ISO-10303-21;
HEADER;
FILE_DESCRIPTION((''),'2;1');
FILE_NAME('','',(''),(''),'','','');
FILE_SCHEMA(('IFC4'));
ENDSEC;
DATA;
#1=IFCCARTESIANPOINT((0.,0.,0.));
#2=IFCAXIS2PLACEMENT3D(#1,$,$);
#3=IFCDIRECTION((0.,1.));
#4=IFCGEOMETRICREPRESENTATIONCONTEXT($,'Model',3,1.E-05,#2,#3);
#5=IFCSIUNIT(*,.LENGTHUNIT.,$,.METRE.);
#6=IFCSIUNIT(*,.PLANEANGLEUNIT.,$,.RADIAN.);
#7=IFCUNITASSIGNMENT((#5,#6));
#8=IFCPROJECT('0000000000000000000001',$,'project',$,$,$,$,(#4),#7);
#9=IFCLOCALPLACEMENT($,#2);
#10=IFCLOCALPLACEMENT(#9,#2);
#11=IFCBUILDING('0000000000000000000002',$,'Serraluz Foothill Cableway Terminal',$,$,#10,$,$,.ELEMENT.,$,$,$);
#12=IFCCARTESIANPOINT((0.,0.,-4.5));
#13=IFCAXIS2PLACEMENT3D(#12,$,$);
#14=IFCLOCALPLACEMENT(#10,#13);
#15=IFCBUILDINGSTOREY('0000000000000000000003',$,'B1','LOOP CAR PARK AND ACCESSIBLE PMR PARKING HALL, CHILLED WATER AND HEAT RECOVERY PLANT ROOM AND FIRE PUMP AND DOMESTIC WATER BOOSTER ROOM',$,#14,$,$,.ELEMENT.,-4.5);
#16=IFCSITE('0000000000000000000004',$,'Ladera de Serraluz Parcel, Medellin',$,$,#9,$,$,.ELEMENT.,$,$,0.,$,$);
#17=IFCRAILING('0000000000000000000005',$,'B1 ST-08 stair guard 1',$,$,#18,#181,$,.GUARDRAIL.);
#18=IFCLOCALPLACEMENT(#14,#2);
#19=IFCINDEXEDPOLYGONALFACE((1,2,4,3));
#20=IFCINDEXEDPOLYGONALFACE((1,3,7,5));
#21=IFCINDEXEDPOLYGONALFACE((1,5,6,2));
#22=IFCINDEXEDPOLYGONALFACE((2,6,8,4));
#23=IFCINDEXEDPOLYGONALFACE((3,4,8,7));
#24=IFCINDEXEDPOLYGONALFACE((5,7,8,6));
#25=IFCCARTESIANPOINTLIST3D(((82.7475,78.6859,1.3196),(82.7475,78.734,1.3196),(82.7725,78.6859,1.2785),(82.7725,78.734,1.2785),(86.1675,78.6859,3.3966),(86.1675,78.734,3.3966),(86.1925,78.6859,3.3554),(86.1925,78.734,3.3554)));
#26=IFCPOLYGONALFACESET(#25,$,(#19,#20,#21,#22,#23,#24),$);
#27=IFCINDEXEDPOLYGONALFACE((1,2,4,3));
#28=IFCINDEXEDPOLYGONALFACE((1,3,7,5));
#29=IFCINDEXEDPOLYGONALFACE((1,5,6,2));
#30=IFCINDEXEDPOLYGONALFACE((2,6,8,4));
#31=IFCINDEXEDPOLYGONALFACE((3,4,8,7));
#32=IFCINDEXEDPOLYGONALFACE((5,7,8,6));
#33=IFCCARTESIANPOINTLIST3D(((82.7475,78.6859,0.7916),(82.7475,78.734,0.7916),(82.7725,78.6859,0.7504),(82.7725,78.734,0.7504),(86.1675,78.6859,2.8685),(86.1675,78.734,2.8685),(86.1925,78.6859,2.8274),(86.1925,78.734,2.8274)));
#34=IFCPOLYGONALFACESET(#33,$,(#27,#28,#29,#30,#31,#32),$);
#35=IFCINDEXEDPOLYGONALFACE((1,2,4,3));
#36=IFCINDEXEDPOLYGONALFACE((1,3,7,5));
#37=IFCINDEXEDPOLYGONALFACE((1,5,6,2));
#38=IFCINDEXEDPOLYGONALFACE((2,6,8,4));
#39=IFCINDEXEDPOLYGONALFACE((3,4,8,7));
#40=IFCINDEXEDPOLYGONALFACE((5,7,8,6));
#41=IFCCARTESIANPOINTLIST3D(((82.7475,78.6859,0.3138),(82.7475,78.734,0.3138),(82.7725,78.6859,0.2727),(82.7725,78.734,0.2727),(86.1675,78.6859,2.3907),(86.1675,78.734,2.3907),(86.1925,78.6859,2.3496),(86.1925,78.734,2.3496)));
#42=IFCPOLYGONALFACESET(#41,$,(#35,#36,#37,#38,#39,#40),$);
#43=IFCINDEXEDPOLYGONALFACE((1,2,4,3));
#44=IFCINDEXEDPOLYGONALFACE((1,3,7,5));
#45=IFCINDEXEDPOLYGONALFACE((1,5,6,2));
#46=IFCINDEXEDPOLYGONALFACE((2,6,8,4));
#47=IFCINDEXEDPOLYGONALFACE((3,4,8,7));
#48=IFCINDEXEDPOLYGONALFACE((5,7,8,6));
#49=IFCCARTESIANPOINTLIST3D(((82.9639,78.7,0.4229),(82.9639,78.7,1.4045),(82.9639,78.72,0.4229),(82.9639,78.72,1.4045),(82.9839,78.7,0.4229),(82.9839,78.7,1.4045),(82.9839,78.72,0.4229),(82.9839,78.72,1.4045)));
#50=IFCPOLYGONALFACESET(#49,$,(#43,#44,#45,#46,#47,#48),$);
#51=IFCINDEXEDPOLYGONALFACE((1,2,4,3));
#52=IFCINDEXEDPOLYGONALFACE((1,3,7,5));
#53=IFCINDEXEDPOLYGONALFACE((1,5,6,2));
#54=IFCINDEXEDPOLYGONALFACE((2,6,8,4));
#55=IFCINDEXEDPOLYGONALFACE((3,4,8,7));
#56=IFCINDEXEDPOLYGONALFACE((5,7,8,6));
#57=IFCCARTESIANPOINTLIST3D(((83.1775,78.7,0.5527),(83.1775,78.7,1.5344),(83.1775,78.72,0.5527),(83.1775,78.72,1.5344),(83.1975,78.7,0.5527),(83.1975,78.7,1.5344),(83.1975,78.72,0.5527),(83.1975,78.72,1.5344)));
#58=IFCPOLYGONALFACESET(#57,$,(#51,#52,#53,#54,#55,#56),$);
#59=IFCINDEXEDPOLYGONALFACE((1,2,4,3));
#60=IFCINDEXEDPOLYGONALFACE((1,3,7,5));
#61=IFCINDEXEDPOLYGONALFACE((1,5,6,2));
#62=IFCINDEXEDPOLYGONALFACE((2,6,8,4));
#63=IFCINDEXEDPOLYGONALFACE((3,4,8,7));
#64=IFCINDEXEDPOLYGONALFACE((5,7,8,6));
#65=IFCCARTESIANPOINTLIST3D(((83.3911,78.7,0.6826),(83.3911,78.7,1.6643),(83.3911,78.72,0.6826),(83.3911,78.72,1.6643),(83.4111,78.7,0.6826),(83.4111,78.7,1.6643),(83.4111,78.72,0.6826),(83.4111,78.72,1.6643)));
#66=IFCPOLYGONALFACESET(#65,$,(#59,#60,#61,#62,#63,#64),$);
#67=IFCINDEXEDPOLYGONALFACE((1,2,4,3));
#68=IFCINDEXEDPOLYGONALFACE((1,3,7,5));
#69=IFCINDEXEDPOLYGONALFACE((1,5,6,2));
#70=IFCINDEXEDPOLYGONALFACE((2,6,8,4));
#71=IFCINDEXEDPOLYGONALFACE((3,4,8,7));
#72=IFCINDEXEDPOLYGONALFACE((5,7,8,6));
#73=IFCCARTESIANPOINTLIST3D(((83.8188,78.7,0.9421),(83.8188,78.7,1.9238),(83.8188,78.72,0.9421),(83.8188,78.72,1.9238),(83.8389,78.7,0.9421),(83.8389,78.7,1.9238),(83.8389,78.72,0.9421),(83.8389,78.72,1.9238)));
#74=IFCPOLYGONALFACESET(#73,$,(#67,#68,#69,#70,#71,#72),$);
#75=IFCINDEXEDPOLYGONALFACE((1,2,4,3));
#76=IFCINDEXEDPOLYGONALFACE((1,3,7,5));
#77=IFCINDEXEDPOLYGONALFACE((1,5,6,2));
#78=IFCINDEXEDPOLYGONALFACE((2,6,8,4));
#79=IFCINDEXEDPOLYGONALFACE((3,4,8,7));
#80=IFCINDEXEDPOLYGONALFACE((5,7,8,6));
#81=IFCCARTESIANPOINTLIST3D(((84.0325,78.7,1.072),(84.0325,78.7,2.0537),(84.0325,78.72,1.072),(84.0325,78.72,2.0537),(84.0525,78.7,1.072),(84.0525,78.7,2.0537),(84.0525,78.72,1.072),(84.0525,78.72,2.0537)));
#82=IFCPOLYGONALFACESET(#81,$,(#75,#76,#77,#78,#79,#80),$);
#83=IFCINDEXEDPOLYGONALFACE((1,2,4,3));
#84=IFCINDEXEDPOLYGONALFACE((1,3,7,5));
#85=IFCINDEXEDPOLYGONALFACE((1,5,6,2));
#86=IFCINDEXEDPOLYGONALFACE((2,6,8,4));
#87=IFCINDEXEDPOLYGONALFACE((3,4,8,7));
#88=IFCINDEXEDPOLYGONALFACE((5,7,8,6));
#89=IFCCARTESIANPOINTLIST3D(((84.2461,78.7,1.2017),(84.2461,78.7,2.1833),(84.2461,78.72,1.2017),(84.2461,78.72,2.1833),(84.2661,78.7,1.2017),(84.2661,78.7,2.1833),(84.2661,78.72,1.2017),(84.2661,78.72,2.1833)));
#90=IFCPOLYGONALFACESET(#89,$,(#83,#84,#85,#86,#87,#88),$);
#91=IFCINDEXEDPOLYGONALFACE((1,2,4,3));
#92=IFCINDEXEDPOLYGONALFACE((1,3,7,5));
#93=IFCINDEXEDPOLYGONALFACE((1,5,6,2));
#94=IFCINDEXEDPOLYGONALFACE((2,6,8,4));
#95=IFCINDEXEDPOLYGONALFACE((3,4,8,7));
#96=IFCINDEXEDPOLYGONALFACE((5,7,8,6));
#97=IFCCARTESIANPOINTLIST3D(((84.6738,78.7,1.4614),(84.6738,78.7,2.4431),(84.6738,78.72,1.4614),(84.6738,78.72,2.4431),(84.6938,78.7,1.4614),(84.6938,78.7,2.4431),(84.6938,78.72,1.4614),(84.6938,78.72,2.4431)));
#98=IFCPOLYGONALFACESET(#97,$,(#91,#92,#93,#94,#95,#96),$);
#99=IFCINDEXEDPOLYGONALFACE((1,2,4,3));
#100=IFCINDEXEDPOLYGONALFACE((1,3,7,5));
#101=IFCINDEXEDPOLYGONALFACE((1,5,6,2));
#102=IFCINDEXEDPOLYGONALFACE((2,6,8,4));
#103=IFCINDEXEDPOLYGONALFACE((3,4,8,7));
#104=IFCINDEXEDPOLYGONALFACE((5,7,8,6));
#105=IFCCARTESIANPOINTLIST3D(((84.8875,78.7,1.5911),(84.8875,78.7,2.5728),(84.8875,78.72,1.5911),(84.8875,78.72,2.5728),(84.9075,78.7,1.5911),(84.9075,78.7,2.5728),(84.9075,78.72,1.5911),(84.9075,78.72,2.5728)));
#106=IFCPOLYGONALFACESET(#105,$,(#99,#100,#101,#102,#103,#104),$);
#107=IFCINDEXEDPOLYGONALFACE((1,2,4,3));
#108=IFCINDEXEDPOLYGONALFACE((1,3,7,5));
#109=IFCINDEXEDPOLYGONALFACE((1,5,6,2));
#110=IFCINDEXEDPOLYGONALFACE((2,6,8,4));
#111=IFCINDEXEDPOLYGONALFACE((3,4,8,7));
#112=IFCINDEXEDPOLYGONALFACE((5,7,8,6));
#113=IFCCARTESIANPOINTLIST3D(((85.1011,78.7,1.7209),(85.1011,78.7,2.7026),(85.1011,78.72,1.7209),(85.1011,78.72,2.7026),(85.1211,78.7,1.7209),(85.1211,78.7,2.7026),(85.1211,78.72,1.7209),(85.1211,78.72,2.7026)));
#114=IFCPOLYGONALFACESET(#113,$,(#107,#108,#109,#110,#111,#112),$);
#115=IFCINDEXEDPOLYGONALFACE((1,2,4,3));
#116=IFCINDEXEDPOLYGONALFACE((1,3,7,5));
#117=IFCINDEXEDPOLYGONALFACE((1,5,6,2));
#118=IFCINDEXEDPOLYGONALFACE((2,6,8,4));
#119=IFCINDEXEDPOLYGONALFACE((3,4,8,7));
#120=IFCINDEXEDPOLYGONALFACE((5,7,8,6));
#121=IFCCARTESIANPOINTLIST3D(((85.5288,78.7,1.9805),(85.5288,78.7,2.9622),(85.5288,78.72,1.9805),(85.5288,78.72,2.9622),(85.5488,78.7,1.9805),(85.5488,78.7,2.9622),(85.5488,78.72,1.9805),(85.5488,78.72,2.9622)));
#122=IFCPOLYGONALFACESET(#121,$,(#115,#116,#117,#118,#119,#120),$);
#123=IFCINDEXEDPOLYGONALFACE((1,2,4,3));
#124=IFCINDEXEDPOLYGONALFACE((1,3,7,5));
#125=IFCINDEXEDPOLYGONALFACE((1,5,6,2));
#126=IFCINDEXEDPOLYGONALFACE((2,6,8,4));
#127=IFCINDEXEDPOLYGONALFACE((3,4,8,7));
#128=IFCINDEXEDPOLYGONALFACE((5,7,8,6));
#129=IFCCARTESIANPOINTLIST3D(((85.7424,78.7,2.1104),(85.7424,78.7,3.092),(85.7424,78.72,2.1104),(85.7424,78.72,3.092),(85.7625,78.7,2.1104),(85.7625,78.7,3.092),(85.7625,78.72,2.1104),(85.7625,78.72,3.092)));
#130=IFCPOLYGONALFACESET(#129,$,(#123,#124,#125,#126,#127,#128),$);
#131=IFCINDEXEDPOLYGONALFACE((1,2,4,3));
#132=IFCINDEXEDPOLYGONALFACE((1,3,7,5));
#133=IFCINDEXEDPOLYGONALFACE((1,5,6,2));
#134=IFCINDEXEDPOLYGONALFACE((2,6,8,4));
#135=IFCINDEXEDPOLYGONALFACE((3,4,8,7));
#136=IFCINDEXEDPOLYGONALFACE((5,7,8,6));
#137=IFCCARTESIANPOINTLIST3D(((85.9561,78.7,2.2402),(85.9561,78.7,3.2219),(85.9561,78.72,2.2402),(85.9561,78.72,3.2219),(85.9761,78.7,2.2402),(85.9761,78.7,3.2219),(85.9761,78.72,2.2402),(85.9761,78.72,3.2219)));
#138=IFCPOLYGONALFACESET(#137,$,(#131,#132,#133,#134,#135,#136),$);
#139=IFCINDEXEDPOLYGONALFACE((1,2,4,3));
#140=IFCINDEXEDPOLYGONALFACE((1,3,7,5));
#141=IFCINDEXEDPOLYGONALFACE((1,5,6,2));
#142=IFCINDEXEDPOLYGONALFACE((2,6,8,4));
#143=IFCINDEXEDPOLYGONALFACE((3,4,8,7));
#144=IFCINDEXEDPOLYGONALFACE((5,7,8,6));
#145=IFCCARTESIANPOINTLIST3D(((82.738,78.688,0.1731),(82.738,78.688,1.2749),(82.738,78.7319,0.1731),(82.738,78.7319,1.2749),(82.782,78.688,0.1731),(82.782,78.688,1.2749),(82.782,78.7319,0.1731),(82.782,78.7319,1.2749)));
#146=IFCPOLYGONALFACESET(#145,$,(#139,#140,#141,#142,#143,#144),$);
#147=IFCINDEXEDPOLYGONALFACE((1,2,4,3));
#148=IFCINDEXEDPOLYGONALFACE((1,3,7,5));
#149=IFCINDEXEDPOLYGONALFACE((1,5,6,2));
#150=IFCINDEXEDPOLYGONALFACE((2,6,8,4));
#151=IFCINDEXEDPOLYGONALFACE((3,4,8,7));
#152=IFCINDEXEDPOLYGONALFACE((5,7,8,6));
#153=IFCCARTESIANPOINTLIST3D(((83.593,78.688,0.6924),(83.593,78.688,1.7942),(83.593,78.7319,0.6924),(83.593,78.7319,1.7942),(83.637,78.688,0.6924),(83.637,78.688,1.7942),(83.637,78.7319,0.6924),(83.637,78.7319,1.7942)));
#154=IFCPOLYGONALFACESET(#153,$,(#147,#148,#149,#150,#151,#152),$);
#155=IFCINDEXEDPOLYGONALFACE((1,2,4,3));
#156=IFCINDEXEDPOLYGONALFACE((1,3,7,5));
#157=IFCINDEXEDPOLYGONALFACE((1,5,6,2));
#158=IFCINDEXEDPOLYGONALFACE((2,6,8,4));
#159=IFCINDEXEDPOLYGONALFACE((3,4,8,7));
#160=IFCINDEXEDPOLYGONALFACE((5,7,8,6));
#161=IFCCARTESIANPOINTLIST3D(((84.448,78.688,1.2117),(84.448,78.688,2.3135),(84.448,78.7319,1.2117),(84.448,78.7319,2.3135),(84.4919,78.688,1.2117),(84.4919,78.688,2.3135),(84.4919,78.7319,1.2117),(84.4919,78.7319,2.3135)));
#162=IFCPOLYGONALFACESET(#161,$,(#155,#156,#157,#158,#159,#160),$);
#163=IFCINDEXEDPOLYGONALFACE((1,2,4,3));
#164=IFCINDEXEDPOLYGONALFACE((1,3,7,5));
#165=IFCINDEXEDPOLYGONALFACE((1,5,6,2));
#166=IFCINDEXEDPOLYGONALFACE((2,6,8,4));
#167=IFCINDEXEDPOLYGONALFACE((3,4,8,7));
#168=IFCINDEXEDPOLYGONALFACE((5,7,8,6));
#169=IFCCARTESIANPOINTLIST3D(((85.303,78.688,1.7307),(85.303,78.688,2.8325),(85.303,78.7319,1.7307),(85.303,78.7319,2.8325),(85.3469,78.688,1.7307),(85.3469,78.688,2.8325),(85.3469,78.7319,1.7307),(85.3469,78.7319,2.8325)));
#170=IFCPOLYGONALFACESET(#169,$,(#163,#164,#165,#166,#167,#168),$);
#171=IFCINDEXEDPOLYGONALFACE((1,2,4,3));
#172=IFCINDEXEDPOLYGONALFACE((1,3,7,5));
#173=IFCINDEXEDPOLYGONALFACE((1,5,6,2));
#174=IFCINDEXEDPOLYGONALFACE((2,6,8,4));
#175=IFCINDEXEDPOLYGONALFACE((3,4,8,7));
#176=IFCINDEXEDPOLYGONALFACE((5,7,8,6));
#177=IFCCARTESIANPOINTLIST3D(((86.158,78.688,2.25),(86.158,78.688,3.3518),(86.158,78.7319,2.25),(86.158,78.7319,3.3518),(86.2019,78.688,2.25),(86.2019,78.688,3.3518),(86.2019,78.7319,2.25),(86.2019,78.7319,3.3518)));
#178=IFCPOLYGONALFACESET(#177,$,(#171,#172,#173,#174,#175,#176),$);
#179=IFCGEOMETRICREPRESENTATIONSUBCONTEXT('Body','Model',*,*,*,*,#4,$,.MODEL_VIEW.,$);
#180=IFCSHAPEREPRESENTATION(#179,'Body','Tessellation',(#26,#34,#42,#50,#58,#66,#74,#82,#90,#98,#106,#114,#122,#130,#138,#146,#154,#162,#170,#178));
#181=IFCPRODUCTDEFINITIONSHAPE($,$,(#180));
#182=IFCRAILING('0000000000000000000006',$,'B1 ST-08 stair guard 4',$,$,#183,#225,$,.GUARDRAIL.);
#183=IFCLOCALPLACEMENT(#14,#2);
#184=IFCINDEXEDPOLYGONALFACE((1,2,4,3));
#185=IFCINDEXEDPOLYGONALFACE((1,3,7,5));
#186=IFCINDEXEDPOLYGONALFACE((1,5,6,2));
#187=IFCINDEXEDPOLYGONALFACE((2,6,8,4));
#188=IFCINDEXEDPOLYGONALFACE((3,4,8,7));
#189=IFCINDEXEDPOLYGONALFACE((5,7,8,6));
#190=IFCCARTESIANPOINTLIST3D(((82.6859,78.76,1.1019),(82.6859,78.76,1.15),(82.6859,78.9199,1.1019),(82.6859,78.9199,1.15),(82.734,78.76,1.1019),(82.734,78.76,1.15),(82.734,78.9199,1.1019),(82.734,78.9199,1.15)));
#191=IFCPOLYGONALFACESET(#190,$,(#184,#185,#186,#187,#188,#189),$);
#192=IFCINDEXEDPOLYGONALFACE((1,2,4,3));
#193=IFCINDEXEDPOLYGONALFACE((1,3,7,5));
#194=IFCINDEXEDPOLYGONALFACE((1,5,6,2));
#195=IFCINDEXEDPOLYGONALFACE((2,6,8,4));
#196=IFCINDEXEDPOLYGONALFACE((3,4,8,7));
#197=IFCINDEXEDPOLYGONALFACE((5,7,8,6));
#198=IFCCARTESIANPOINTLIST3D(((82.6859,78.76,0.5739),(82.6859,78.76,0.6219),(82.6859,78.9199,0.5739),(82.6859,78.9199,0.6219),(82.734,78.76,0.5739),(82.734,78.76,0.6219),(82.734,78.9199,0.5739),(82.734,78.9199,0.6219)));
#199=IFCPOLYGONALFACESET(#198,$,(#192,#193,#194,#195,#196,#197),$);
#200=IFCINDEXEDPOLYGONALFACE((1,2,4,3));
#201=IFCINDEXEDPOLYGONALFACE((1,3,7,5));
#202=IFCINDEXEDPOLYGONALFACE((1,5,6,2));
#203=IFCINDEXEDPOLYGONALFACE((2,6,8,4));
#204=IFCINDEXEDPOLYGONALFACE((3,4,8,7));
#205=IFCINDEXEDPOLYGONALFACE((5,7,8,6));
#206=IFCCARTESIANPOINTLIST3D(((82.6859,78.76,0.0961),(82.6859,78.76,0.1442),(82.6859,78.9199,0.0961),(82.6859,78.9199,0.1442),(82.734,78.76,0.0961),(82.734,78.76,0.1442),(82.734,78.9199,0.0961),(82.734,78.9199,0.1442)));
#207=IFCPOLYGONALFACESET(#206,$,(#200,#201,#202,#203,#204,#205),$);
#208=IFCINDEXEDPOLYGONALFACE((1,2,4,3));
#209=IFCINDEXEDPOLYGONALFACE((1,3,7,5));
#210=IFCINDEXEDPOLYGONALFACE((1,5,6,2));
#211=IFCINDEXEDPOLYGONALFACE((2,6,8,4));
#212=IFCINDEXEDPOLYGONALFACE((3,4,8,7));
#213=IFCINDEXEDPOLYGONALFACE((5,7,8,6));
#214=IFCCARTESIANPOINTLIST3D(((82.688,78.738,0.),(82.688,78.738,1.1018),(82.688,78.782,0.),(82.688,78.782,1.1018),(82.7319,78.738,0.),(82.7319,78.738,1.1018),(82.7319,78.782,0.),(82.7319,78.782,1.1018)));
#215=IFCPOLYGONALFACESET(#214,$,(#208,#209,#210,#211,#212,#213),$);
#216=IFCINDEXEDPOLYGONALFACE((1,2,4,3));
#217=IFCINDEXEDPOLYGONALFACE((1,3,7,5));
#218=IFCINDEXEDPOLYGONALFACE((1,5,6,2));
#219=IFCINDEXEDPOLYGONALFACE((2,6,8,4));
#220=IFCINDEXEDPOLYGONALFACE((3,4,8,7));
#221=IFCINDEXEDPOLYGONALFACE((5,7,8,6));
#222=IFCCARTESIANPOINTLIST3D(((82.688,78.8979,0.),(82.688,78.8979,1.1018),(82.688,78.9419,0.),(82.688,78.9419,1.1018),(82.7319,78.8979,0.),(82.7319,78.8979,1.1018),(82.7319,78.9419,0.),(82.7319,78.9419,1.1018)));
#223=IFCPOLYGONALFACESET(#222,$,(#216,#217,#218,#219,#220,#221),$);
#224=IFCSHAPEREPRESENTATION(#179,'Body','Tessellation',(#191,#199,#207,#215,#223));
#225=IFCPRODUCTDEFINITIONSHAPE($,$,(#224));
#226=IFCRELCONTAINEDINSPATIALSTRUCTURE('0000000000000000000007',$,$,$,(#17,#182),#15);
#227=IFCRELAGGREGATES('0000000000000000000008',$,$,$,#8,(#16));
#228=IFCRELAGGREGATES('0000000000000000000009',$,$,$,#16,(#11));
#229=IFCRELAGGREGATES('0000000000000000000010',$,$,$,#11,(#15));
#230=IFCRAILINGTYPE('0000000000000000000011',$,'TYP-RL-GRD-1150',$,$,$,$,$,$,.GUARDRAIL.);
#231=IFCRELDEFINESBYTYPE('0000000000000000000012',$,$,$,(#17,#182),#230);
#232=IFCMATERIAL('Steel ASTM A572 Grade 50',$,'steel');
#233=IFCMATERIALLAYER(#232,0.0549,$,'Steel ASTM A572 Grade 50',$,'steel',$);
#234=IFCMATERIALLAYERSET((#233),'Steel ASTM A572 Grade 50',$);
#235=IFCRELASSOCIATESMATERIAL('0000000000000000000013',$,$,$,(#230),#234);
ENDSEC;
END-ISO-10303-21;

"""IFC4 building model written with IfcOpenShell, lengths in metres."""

from ifc_helpers import new_model, si_unit, direction, frame, origin, origin_2d, place, context, subcontext, project, spatial, rectangle, extrude, material, layer, layer_set, type_object, element, save


model = new_model("IFC4")

# Units and contexts
model_context = context("Model", 3, precision=1e-05, world=origin(), true_north=direction((0.0, 1.0)))
body_context = subcontext(model_context, "Body", "Model", "MODEL_VIEW")
ifc_project = project(units=[si_unit("LENGTHUNIT", "METRE"), si_unit("PLANEANGLEUNIT", "RADIAN")], contexts=[model_context])

# Site, building, storey
site_placement = place(None, origin())
site = spatial("IfcSite", under=ifc_project, at=site_placement, Name="Ladera de Serraluz Parcel, Medellin", CompositionType="ELEMENT", RefElevation=0.0)
building_placement = place(site_placement, origin())
building = spatial("IfcBuilding", under=site, at=building_placement, Name="Serraluz Foothill Cableway Terminal", CompositionType="ELEMENT")
storey_placement = place(building_placement, frame((0.0, 0.0, -4.5)))
storey = spatial("IfcBuildingStorey", under=building, at=storey_placement, Name="B1", Description="LOOP CAR PARK AND ACCESSIBLE PMR PARKING HALL, CHILLED WATER AND HEAT RECOVERY PLANT ROOM AND FIRE PUMP AND DOMESTIC WATER BOOSTER ROOM", CompositionType="ELEMENT", Elevation=-4.5)

# Railings
ifc_material_1 = material(Name="Steel ASTM A572 Grade 50", Category="steel")
ifc_layer_1 = layer(ifc_material_1, 0.0549, Name="Steel ASTM A572 Grade 50", Category="steel")
ifc_layer_set_1 = layer_set([ifc_layer_1], Name="Steel ASTM A572 Grade 50")
railing_type = type_object("IfcRailingType", Name="TYP-RL-GRD-1150", PredefinedType="GUARDRAIL", material=ifc_layer_set_1)
railing_1_placement = place(storey_placement, frame((82.76, 78.71, 0.1731)))
element("IfcRailing", 1, at=railing_1_placement, inside=storey, type_object=railing_type, Name="B1 ST-08 stair guard 1", PredefinedType="GUARDRAIL", context=body_context, shape_type="SweptSolid", body=[
    extrude(rectangle(XDim=0.0481, YDim=0.0481, at=origin_2d()), frame((0.0, 0.0, 1.126), z_axis=(0.85473, 0.0, 0.519074), x_axis=(0.0, 1.0, 0.0)), (0.0, 0.0, 1.0), 4.0012),
    extrude(rectangle(XDim=0.0481, YDim=0.0481, at=origin_2d()), frame((0.0, 0.0, 0.5979), z_axis=(0.85473, 0.0, 0.519074), x_axis=(0.0, 1.0, 0.0)), (0.0, 0.0, 1.0), 4.0012),
    extrude(rectangle(XDim=0.0481, YDim=0.0481, at=origin_2d()), frame((0.0, 0.0, 0.1201), z_axis=(0.85473, 0.0, 0.519074), x_axis=(0.0, 1.0, 0.0)), (0.0, 0.0, 1.0), 4.0012),
    extrude(rectangle(XDim=0.02, YDim=0.02, at=origin_2d()), frame((0.2139, 0.0, 0.2498)), (0.0, 0.0, 1.0), 0.9817),
    extrude(rectangle(XDim=0.02, YDim=0.02, at=origin_2d()), frame((0.4275, 0.0, 0.3796)), (0.0, 0.0, 1.0), 0.9817),
    extrude(rectangle(XDim=0.02, YDim=0.02, at=origin_2d()), frame((0.6411, 0.0, 0.5095)), (0.0, 0.0, 1.0), 0.9817),
    extrude(rectangle(XDim=0.02, YDim=0.02, at=origin_2d()), frame((1.0688, 0.0, 0.769)), (0.0, 0.0, 1.0), 0.9817),
    extrude(rectangle(XDim=0.02, YDim=0.02, at=origin_2d()), frame((1.2825, 0.0, 0.8989)), (0.0, 0.0, 1.0), 0.9817),
    extrude(rectangle(XDim=0.02, YDim=0.02, at=origin_2d()), frame((1.4961, 0.0, 1.0286)), (0.0, 0.0, 1.0), 0.9817),
    extrude(rectangle(XDim=0.02, YDim=0.02, at=origin_2d()), frame((1.9238, 0.0, 1.2883)), (0.0, 0.0, 1.0), 0.9817),
    extrude(rectangle(XDim=0.02, YDim=0.02, at=origin_2d()), frame((2.1375, 0.0, 1.418)), (0.0, 0.0, 1.0), 0.9817),
    extrude(rectangle(XDim=0.02, YDim=0.02, at=origin_2d()), frame((2.3511, 0.0, 1.5479)), (0.0, 0.0, 1.0), 0.9817),
    extrude(rectangle(XDim=0.02, YDim=0.02, at=origin_2d()), frame((2.7788, 0.0, 1.8074)), (0.0, 0.0, 1.0), 0.9817),
    extrude(rectangle(XDim=0.02, YDim=0.02, at=origin_2d()), frame((2.9924, 0.0, 1.9373)), (0.0, 0.0, 1.0), 0.9817),
    extrude(rectangle(XDim=0.02, YDim=0.02, at=origin_2d()), frame((3.2061, 0.0, 2.0671)), (0.0, 0.0, 1.0), 0.9817),
    extrude(rectangle(XDim=0.0439, YDim=0.0439, at=origin_2d()), origin(), (0.0, 0.0, 1.0), 1.1018),
    extrude(rectangle(XDim=0.0439, YDim=0.0439, at=origin_2d()), frame((0.855, 0.0, 0.5193)), (0.0, 0.0, 1.0), 1.1018),
    extrude(rectangle(XDim=0.0439, YDim=0.0439, at=origin_2d()), frame((1.71, 0.0, 1.0386)), (0.0, 0.0, 1.0), 1.1018),
    extrude(rectangle(XDim=0.0439, YDim=0.0439, at=origin_2d()), frame((2.5649, 0.0, 1.5576)), (0.0, 0.0, 1.0), 1.1018),
    extrude(rectangle(XDim=0.0439, YDim=0.0439, at=origin_2d()), frame((3.4199, 0.0, 2.0769)), (0.0, 0.0, 1.0), 1.1018),
])
railing_2_placement = place(storey_placement, frame((82.71, 78.76, 0.0)))
element("IfcRailing", 2, at=railing_2_placement, inside=storey, type_object=railing_type, Name="B1 ST-08 stair guard 4", PredefinedType="GUARDRAIL", context=body_context, shape_type="SweptSolid", body=[
    extrude(rectangle(XDim=0.0481, YDim=0.0481, at=origin_2d()), frame((0.0, 0.0, 1.126), z_axis=(0.0, 1.0, 0.0), x_axis=(-1.0, 0.0, 0.0)), (0.0, 0.0, 1.0), 0.1599),
    extrude(rectangle(XDim=0.0481, YDim=0.0481, at=origin_2d()), frame((0.0, 0.0, 0.5979), z_axis=(0.0, 1.0, 0.0), x_axis=(-1.0, 0.0, 0.0)), (0.0, 0.0, 1.0), 0.1599),
    extrude(rectangle(XDim=0.0481, YDim=0.0481, at=origin_2d()), frame((0.0, 0.0, 0.1201), z_axis=(0.0, 1.0, 0.0), x_axis=(-1.0, 0.0, 0.0)), (0.0, 0.0, 1.0), 0.1599),
    extrude(rectangle(XDim=0.0439, YDim=0.0439, at=origin_2d()), origin(), (0.0, 0.0, 1.0), 1.1018),
    extrude(rectangle(XDim=0.0439, YDim=0.0439, at=origin_2d()), frame((0.0, 0.1599, 0.0)), (0.0, 0.0, 1.0), 1.1018),
])

save(model, "model.ifc")
